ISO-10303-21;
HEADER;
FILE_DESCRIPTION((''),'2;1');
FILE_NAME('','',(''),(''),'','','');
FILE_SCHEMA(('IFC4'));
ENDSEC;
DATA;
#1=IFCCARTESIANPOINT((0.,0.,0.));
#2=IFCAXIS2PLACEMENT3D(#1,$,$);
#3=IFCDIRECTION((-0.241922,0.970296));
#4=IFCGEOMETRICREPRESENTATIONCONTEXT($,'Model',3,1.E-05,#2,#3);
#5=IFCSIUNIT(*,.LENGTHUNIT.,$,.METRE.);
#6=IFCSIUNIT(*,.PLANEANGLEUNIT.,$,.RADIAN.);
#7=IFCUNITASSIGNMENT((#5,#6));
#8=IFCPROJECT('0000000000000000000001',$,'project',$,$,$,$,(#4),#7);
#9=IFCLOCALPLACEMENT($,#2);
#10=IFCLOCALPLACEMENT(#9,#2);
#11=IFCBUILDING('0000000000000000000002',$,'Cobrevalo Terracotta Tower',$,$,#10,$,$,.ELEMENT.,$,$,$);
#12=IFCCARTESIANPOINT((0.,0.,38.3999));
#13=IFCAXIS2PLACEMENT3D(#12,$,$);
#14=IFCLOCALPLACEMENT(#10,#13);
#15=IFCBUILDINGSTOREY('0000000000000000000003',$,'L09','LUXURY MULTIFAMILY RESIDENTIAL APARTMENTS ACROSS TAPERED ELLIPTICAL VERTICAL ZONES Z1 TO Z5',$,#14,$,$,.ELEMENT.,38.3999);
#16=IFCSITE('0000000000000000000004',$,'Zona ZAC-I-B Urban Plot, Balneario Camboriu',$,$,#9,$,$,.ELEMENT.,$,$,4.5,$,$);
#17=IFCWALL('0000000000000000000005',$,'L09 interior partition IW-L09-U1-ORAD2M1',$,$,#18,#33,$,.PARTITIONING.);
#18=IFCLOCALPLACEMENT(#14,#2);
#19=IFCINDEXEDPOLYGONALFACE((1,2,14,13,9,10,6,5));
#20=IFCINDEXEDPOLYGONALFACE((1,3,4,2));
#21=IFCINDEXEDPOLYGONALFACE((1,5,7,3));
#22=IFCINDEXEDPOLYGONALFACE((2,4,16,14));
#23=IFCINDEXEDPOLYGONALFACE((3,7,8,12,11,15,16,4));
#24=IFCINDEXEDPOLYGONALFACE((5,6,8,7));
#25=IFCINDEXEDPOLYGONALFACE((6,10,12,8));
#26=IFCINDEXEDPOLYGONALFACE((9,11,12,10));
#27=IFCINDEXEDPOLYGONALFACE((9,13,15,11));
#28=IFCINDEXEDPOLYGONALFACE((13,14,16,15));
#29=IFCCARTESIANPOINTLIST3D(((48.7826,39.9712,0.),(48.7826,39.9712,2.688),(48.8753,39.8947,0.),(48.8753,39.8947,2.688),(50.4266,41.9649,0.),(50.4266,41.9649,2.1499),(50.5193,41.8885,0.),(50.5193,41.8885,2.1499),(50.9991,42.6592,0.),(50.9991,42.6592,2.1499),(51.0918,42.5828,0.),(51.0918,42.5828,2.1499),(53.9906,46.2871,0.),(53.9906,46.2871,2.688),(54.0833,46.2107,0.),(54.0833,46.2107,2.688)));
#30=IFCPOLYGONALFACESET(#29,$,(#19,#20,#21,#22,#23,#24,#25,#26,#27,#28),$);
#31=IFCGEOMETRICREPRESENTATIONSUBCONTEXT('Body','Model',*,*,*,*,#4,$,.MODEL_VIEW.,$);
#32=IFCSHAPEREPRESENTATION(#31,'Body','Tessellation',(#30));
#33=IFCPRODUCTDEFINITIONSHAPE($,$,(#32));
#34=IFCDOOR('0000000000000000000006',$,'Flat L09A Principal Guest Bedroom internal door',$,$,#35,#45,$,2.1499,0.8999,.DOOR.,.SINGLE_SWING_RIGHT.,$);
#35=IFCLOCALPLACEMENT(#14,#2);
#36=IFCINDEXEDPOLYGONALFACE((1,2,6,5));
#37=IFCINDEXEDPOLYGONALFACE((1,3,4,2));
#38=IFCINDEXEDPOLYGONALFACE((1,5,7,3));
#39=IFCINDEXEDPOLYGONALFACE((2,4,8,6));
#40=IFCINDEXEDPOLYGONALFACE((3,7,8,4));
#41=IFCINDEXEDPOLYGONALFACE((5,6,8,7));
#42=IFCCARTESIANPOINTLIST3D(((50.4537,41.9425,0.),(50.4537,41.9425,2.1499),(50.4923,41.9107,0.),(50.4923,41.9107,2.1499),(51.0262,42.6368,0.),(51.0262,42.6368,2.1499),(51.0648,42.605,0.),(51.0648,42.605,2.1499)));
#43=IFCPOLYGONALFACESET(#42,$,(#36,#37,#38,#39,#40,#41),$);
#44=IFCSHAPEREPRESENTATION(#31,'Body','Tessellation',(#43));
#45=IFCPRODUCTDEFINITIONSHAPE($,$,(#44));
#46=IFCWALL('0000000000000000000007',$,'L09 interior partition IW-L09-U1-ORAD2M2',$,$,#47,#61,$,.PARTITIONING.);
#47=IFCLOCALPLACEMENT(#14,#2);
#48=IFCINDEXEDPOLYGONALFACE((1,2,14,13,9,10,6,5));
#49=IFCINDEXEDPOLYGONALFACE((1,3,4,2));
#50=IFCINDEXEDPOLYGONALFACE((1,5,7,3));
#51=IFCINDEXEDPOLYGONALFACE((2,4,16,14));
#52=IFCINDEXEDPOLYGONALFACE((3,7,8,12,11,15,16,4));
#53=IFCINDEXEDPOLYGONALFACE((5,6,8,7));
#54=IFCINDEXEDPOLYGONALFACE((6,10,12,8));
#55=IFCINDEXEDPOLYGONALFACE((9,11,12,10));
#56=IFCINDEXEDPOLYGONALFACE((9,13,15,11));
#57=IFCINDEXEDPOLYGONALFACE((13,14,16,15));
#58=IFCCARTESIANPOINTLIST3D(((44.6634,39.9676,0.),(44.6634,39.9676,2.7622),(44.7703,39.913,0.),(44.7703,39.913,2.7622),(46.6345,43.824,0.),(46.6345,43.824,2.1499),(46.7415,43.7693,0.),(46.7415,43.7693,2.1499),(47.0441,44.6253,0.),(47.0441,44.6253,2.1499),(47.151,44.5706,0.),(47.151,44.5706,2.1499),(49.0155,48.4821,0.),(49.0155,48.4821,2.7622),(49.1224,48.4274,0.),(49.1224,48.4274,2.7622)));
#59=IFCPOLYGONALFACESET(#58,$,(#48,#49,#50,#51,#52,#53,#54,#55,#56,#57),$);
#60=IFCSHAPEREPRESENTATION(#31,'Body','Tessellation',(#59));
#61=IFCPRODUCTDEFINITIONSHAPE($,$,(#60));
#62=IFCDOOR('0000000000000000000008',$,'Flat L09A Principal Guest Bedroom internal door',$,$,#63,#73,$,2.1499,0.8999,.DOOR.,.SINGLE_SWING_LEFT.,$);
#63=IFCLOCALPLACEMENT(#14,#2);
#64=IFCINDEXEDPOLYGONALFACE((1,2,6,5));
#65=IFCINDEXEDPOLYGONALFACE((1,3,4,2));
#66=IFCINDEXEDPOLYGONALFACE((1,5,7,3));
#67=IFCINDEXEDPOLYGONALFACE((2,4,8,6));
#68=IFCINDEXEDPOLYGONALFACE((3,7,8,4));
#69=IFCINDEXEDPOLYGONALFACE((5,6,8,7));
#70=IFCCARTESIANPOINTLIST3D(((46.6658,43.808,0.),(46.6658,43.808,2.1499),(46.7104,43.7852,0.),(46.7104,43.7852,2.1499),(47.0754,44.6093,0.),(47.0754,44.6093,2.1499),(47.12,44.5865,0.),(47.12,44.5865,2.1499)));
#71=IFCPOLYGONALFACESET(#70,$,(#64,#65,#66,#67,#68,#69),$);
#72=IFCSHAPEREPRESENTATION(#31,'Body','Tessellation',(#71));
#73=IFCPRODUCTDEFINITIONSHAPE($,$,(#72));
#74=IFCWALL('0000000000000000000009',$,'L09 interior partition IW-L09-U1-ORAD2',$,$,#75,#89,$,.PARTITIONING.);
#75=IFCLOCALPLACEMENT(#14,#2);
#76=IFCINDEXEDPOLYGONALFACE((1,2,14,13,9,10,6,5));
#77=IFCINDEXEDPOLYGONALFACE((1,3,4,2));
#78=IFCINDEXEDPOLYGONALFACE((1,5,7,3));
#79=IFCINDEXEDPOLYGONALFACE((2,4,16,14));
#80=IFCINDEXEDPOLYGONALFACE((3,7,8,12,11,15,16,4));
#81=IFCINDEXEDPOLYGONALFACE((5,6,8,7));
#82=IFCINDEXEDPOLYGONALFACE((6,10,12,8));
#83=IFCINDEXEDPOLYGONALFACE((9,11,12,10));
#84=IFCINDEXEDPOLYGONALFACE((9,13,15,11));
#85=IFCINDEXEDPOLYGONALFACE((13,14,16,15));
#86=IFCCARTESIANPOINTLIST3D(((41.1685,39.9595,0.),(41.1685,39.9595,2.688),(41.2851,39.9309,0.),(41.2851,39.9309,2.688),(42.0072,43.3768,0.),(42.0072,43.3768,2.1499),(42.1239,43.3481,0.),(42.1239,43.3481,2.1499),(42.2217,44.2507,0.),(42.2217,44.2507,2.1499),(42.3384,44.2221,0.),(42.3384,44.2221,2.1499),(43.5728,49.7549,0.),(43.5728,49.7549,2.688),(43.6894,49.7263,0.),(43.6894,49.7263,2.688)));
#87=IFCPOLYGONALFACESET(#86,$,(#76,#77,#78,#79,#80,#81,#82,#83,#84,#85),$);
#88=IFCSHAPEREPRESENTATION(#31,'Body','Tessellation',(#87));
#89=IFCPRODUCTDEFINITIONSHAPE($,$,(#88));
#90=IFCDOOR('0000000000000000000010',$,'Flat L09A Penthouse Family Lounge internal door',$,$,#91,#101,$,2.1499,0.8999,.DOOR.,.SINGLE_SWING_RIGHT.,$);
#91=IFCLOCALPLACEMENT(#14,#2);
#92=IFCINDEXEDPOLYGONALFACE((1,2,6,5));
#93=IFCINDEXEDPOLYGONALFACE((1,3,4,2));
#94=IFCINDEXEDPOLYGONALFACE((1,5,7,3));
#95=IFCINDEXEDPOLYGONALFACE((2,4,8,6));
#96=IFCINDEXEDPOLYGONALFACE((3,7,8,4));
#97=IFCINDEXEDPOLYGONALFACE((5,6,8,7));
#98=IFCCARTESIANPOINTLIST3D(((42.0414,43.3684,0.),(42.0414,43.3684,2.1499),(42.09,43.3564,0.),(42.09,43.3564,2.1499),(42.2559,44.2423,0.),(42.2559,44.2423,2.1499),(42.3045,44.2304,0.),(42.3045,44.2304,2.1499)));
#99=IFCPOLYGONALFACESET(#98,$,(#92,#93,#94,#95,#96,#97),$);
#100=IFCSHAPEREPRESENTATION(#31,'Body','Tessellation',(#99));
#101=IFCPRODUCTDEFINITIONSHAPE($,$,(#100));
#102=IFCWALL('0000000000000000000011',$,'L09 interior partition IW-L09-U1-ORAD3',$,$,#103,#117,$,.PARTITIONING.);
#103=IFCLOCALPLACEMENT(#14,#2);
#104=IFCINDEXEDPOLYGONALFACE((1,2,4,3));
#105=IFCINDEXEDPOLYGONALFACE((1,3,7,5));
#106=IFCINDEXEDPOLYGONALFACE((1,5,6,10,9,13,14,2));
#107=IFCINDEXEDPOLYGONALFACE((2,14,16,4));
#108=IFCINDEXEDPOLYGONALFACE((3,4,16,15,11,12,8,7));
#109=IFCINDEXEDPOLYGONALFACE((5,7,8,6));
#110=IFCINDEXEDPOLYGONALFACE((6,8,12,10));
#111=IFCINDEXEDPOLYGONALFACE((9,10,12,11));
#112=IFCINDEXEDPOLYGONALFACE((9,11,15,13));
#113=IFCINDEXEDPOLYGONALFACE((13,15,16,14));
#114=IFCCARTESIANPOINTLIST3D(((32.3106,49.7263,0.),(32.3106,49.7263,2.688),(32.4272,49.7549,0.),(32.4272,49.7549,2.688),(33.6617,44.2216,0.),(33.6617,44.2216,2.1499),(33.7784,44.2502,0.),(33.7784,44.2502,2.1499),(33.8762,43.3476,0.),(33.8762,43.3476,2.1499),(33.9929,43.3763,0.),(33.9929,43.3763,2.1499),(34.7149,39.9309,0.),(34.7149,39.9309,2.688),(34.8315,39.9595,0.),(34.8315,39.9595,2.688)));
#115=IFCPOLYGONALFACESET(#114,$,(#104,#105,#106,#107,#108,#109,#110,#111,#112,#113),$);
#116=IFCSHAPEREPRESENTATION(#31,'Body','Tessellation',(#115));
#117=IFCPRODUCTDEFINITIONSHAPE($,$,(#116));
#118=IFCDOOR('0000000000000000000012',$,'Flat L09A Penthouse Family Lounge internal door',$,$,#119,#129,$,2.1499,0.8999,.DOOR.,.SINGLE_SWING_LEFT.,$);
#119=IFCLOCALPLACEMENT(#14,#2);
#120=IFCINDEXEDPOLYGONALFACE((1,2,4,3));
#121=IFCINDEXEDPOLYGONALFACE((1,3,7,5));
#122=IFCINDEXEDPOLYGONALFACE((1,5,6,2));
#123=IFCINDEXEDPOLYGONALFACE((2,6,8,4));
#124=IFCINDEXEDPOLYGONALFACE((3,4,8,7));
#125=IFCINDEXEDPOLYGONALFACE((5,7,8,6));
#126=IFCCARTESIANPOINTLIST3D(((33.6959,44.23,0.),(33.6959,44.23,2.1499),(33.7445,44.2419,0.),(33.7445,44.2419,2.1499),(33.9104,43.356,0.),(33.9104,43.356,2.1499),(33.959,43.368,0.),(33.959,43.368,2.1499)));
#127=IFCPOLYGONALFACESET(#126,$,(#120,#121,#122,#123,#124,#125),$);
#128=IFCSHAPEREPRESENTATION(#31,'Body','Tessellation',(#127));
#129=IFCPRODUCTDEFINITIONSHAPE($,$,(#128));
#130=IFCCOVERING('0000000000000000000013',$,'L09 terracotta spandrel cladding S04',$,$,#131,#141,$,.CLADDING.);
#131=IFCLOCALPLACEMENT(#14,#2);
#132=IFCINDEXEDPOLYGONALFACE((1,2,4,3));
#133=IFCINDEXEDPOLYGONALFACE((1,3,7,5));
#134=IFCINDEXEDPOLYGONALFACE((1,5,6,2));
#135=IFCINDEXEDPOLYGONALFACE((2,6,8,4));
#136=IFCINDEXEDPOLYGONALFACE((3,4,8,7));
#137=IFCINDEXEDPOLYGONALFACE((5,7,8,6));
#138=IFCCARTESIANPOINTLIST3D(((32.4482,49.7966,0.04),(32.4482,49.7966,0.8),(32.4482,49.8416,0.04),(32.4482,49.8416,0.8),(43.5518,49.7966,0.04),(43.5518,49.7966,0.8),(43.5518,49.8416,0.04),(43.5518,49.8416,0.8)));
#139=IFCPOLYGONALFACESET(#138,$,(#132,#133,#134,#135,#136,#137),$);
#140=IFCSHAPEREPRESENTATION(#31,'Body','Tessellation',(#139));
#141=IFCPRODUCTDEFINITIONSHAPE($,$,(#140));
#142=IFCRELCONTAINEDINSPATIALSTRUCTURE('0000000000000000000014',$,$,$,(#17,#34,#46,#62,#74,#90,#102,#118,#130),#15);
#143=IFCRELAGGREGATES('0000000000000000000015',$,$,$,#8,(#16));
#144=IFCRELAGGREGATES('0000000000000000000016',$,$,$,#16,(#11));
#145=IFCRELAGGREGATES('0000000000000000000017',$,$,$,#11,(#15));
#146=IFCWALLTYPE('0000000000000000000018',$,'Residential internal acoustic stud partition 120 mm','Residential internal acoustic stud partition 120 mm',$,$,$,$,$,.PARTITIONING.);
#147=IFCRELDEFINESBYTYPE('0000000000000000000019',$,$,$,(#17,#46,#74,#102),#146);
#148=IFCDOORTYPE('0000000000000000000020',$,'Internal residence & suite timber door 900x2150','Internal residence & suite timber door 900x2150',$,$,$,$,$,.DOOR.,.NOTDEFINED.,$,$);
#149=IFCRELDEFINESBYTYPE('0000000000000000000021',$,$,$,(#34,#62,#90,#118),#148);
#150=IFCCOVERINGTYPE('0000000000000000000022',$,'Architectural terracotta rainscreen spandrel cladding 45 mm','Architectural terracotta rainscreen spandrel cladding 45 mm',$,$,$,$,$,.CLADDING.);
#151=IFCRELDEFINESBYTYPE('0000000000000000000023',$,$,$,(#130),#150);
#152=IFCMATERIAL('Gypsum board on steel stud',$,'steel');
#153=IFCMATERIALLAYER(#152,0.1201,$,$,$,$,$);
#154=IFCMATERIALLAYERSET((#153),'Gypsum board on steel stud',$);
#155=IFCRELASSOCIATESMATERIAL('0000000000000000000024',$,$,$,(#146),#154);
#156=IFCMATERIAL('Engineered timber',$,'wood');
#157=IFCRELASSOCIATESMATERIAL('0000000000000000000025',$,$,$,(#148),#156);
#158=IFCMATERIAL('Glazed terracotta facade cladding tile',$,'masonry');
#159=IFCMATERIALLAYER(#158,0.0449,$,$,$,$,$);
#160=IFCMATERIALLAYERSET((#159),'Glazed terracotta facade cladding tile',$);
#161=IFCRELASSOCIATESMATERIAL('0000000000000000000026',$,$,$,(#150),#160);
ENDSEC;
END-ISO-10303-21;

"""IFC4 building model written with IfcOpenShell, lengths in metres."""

from ifc_helpers import new_model, si_unit, direction, frame, frame_2d, origin, origin_2d, place, context, subcontext, project, spatial, rectangle, extrude, source, transform, mapped, material, layer, layer_set, type_object, element, fill, save


model = new_model("IFC4")

# Units and contexts
model_context = context("Model", 3, precision=1e-05, world=origin(), true_north=direction((-0.241922, 0.970296)))
body_context = subcontext(model_context, "Body", "Model", "MODEL_VIEW")
ifc_project = project(units=[si_unit("LENGTHUNIT", "METRE"), si_unit("PLANEANGLEUNIT", "RADIAN")], contexts=[model_context])

# Site, building, storey
site_placement = place(None, origin())
site = spatial("IfcSite", under=ifc_project, at=site_placement, Name="Zona ZAC-I-B Urban Plot, Balneario Camboriu", CompositionType="ELEMENT", RefElevation=4.5)
building_placement = place(site_placement, origin())
building = spatial("IfcBuilding", under=site, at=building_placement, Name="Cobrevalo Terracotta Tower", CompositionType="ELEMENT")
storey_placement = place(building_placement, frame((0.0, 0.0, 38.3999)))
storey = spatial("IfcBuildingStorey", under=building, at=storey_placement, Name="L09", Description="LUXURY MULTIFAMILY RESIDENTIAL APARTMENTS ACROSS TAPERED ELLIPTICAL VERTICAL ZONES Z1 TO Z5", CompositionType="ELEMENT", Elevation=38.3999)

# Walls, openings, doors
ifc_material_1 = material(Name="Gypsum board on steel stud", Category="steel")
ifc_layer_1 = layer(ifc_material_1, 0.1201)
ifc_layer_set_1 = layer_set([ifc_layer_1], Name="Gypsum board on steel stud")
wall_type_1 = type_object("IfcWallType", Name="Residential internal acoustic stud partition 120 mm", Description="Residential internal acoustic stud partition 120 mm", PredefinedType="PARTITIONING", material=ifc_layer_set_1)
wall_1_placement = place(storey_placement, frame((48.8289, 39.9329, 0.0), z_axis=(0.0, 0.0, 1.0), x_axis=(0.636192, 0.771531, 0.0)))
wall_1 = element("IfcWall", 1, at=wall_1_placement, inside=storey, type_object=wall_type_1, Name="L09 interior partition IW-L09-U1-ORAD2M1", PredefinedType="PARTITIONING", context=body_context, shape_type="SweptSolid", body=[
    extrude(rectangle(XDim=8.1863, YDim=0.1201, at=frame_2d((4.0933, 0.0))), origin(), (0.0, 0.0, 1.0), 2.688),
])
opening_1_placement = place(wall_1_placement, frame((2.5842, 0.0, 0.0)))
opening_1 = element("IfcOpeningElement", 2, at=opening_1_placement, cuts=wall_1, PredefinedType="OPENING", context=body_context, shape_type="SweptSolid", body=[
    extrude(rectangle(XDim=0.8999, YDim=2.1499, at=frame_2d((0.45, 1.075))), frame((0.0, 0.0701, 0.0), z_axis=(0.0, -1.0, 0.0), x_axis=(1.0, 0.0, 0.0)), (0.0, 0.0, 1.0), 0.1401),
])
ifc_material_2 = material(Name="Engineered timber", Category="wood")
door_type_1 = type_object("IfcDoorType", Name="Internal residence & suite timber door 900x2150", Description="Internal residence & suite timber door 900x2150", OperationType="NOTDEFINED", PredefinedType="DOOR", material=ifc_material_2)
shared_shape_1 = source(origin(), body_context, "Body", "SweptSolid", [
    extrude(rectangle(XDim=0.8999, YDim=2.1499, at=frame_2d((0.45, 1.075))), frame((0.0, 0.0249, 0.0), z_axis=(0.0, -1.0, 0.0), x_axis=(1.0, 0.0, 0.0)), (0.0, 0.0, 1.0), 0.05),
])
door_1_placement = place(opening_1_placement, origin())
door_1 = element("IfcDoor", 3, at=door_1_placement, inside=storey, type_object=door_type_1, Name="Flat L09A Principal Guest Bedroom internal door", OperationType="SINGLE_SWING_RIGHT", OverallHeight=2.1499, OverallWidth=0.8999, PredefinedType="DOOR", context=body_context, shape_type="MappedRepresentation", body=[
    mapped(shared_shape_1, transform((0.0, 0.0, 0.0), scale=1.0)),
])
fill(opening_1, door_1)
wall_2_placement = place(storey_placement, frame((44.7168, 39.9402, 0.0), z_axis=(0.0, 0.0, 1.0), x_axis=(0.455131, 0.890424, 0.0)))
wall_2 = element("IfcWall", 4, at=wall_2_placement, inside=storey, type_object=wall_type_1, Name="L09 interior partition IW-L09-U1-ORAD2M2", PredefinedType="PARTITIONING", context=body_context, shape_type="SweptSolid", body=[
    extrude(rectangle(XDim=9.5623, YDim=0.1201, at=frame_2d((4.7812, 0.0))), origin(), (0.0, 0.0, 1.0), 2.7622),
])
opening_2_placement = place(wall_2_placement, frame((4.3311, 0.0, 0.0)))
opening_2 = element("IfcOpeningElement", 5, at=opening_2_placement, cuts=wall_2, PredefinedType="OPENING", context=body_context, shape_type="SweptSolid", body=[
    extrude(rectangle(XDim=0.8999, YDim=2.1499, at=frame_2d((0.45, 1.075))), frame((0.0, 0.0701, 0.0), z_axis=(0.0, -1.0, 0.0), x_axis=(1.0, 0.0, 0.0)), (0.0, 0.0, 1.0), 0.1401),
])
door_2_placement = place(opening_2_placement, origin())
door_2 = element("IfcDoor", 6, at=door_2_placement, inside=storey, type_object=door_type_1, Name="Flat L09A Principal Guest Bedroom internal door", OperationType="SINGLE_SWING_LEFT", OverallHeight=2.1499, OverallWidth=0.8999, PredefinedType="DOOR", context=body_context, shape_type="MappedRepresentation", body=[
    mapped(shared_shape_1, transform((0.0, 0.0, 0.0), scale=1.0)),
])
fill(opening_2, door_2)
wall_3_placement = place(storey_placement, frame((41.2268, 39.9453, 0.0), z_axis=(0.0, 0.0, 1.0), x_axis=(0.238376, 0.971173, 0.0)))
wall_3 = element("IfcWall", 7, at=wall_3_placement, inside=storey, type_object=wall_type_1, Name="L09 interior partition IW-L09-U1-ORAD2", PredefinedType="PARTITIONING", context=body_context, shape_type="SweptSolid", body=[
    extrude(rectangle(XDim=10.0862, YDim=0.1201, at=frame_2d((5.043, 0.0))), origin(), (0.0, 0.0, 1.0), 2.688),
])
opening_3_placement = place(wall_3_placement, frame((3.5186, 0.0, 0.0)))
opening_3 = element("IfcOpeningElement", 8, at=opening_3_placement, cuts=wall_3, PredefinedType="OPENING", context=body_context, shape_type="SweptSolid", body=[
    extrude(rectangle(XDim=0.8999, YDim=2.1499, at=frame_2d((0.45, 1.075))), frame((0.0, 0.0701, 0.0), z_axis=(0.0, -1.0, 0.0), x_axis=(1.0, 0.0, 0.0)), (0.0, 0.0, 1.0), 0.1401),
])
door_3_placement = place(opening_3_placement, origin())
door_3 = element("IfcDoor", 9, at=door_3_placement, inside=storey, type_object=door_type_1, Name="Flat L09A Penthouse Family Lounge internal door", OperationType="SINGLE_SWING_RIGHT", OverallHeight=2.1499, OverallWidth=0.8999, PredefinedType="DOOR", context=body_context, shape_type="MappedRepresentation", body=[
    mapped(shared_shape_1, transform((0.0, 0.0, 0.0), scale=1.0)),
])
fill(opening_3, door_3)
wall_4_placement = place(storey_placement, frame((34.7732, 39.9453, 0.0), z_axis=(0.0, 0.0, 1.0), x_axis=(-0.238376, 0.971173, 0.0)))
wall_4 = element("IfcWall", 10, at=wall_4_placement, inside=storey, type_object=wall_type_1, Name="L09 interior partition IW-L09-U1-ORAD3", PredefinedType="PARTITIONING", context=body_context, shape_type="SweptSolid", body=[
    extrude(rectangle(XDim=10.0862, YDim=0.1201, at=frame_2d((5.043, 0.0))), origin(), (0.0, 0.0, 1.0), 2.688),
])
opening_4_placement = place(wall_4_placement, frame((3.5181, 0.0, 0.0)))
opening_4 = element("IfcOpeningElement", 11, at=opening_4_placement, cuts=wall_4, PredefinedType="OPENING", context=body_context, shape_type="SweptSolid", body=[
    extrude(rectangle(XDim=0.8999, YDim=2.1499, at=frame_2d((0.45, 1.075))), frame((0.0, 0.0701, 0.0), z_axis=(0.0, -1.0, 0.0), x_axis=(1.0, 0.0, 0.0)), (0.0, 0.0, 1.0), 0.1401),
])
door_4_placement = place(opening_4_placement, origin())
door_4 = element("IfcDoor", 12, at=door_4_placement, inside=storey, type_object=door_type_1, Name="Flat L09A Penthouse Family Lounge internal door", OperationType="SINGLE_SWING_LEFT", OverallHeight=2.1499, OverallWidth=0.8999, PredefinedType="DOOR", context=body_context, shape_type="MappedRepresentation", body=[
    mapped(shared_shape_1, transform((0.0, 0.0, 0.0), scale=1.0)),
])
fill(opening_4, door_4)

# Covering
ifc_material_3 = material(Name="Glazed terracotta facade cladding tile", Category="masonry")
ifc_layer_2 = layer(ifc_material_3, 0.0449)
ifc_layer_set_2 = layer_set([ifc_layer_2], Name="Glazed terracotta facade cladding tile")
covering_type = type_object("IfcCoveringType", Name="Architectural terracotta rainscreen spandrel cladding 45 mm", Description="Architectural terracotta rainscreen spandrel cladding 45 mm", PredefinedType="CLADDING", material=ifc_layer_set_2)
shared_shape_2 = source(origin(), body_context, "Body", "SweptSolid", [
    extrude(rectangle(XDim=11.1035, YDim=0.0449, at=origin_2d()), origin(), (0.0, 0.0, 1.0), 0.76),
])
covering_placement = place(storey_placement, frame((38.0, 49.8191, 0.04), z_axis=(0.0, 0.0, 1.0), x_axis=(-1.0, 0.0, 0.0)))
element("IfcCovering", 13, at=covering_placement, inside=storey, type_object=covering_type, Name="L09 terracotta spandrel cladding S04", PredefinedType="CLADDING", context=body_context, shape_type="MappedRepresentation", body=[
    mapped(shared_shape_2, transform((0.0, 0.0, 0.0), scale=1.0)),
])

save(model, "model.ifc")
